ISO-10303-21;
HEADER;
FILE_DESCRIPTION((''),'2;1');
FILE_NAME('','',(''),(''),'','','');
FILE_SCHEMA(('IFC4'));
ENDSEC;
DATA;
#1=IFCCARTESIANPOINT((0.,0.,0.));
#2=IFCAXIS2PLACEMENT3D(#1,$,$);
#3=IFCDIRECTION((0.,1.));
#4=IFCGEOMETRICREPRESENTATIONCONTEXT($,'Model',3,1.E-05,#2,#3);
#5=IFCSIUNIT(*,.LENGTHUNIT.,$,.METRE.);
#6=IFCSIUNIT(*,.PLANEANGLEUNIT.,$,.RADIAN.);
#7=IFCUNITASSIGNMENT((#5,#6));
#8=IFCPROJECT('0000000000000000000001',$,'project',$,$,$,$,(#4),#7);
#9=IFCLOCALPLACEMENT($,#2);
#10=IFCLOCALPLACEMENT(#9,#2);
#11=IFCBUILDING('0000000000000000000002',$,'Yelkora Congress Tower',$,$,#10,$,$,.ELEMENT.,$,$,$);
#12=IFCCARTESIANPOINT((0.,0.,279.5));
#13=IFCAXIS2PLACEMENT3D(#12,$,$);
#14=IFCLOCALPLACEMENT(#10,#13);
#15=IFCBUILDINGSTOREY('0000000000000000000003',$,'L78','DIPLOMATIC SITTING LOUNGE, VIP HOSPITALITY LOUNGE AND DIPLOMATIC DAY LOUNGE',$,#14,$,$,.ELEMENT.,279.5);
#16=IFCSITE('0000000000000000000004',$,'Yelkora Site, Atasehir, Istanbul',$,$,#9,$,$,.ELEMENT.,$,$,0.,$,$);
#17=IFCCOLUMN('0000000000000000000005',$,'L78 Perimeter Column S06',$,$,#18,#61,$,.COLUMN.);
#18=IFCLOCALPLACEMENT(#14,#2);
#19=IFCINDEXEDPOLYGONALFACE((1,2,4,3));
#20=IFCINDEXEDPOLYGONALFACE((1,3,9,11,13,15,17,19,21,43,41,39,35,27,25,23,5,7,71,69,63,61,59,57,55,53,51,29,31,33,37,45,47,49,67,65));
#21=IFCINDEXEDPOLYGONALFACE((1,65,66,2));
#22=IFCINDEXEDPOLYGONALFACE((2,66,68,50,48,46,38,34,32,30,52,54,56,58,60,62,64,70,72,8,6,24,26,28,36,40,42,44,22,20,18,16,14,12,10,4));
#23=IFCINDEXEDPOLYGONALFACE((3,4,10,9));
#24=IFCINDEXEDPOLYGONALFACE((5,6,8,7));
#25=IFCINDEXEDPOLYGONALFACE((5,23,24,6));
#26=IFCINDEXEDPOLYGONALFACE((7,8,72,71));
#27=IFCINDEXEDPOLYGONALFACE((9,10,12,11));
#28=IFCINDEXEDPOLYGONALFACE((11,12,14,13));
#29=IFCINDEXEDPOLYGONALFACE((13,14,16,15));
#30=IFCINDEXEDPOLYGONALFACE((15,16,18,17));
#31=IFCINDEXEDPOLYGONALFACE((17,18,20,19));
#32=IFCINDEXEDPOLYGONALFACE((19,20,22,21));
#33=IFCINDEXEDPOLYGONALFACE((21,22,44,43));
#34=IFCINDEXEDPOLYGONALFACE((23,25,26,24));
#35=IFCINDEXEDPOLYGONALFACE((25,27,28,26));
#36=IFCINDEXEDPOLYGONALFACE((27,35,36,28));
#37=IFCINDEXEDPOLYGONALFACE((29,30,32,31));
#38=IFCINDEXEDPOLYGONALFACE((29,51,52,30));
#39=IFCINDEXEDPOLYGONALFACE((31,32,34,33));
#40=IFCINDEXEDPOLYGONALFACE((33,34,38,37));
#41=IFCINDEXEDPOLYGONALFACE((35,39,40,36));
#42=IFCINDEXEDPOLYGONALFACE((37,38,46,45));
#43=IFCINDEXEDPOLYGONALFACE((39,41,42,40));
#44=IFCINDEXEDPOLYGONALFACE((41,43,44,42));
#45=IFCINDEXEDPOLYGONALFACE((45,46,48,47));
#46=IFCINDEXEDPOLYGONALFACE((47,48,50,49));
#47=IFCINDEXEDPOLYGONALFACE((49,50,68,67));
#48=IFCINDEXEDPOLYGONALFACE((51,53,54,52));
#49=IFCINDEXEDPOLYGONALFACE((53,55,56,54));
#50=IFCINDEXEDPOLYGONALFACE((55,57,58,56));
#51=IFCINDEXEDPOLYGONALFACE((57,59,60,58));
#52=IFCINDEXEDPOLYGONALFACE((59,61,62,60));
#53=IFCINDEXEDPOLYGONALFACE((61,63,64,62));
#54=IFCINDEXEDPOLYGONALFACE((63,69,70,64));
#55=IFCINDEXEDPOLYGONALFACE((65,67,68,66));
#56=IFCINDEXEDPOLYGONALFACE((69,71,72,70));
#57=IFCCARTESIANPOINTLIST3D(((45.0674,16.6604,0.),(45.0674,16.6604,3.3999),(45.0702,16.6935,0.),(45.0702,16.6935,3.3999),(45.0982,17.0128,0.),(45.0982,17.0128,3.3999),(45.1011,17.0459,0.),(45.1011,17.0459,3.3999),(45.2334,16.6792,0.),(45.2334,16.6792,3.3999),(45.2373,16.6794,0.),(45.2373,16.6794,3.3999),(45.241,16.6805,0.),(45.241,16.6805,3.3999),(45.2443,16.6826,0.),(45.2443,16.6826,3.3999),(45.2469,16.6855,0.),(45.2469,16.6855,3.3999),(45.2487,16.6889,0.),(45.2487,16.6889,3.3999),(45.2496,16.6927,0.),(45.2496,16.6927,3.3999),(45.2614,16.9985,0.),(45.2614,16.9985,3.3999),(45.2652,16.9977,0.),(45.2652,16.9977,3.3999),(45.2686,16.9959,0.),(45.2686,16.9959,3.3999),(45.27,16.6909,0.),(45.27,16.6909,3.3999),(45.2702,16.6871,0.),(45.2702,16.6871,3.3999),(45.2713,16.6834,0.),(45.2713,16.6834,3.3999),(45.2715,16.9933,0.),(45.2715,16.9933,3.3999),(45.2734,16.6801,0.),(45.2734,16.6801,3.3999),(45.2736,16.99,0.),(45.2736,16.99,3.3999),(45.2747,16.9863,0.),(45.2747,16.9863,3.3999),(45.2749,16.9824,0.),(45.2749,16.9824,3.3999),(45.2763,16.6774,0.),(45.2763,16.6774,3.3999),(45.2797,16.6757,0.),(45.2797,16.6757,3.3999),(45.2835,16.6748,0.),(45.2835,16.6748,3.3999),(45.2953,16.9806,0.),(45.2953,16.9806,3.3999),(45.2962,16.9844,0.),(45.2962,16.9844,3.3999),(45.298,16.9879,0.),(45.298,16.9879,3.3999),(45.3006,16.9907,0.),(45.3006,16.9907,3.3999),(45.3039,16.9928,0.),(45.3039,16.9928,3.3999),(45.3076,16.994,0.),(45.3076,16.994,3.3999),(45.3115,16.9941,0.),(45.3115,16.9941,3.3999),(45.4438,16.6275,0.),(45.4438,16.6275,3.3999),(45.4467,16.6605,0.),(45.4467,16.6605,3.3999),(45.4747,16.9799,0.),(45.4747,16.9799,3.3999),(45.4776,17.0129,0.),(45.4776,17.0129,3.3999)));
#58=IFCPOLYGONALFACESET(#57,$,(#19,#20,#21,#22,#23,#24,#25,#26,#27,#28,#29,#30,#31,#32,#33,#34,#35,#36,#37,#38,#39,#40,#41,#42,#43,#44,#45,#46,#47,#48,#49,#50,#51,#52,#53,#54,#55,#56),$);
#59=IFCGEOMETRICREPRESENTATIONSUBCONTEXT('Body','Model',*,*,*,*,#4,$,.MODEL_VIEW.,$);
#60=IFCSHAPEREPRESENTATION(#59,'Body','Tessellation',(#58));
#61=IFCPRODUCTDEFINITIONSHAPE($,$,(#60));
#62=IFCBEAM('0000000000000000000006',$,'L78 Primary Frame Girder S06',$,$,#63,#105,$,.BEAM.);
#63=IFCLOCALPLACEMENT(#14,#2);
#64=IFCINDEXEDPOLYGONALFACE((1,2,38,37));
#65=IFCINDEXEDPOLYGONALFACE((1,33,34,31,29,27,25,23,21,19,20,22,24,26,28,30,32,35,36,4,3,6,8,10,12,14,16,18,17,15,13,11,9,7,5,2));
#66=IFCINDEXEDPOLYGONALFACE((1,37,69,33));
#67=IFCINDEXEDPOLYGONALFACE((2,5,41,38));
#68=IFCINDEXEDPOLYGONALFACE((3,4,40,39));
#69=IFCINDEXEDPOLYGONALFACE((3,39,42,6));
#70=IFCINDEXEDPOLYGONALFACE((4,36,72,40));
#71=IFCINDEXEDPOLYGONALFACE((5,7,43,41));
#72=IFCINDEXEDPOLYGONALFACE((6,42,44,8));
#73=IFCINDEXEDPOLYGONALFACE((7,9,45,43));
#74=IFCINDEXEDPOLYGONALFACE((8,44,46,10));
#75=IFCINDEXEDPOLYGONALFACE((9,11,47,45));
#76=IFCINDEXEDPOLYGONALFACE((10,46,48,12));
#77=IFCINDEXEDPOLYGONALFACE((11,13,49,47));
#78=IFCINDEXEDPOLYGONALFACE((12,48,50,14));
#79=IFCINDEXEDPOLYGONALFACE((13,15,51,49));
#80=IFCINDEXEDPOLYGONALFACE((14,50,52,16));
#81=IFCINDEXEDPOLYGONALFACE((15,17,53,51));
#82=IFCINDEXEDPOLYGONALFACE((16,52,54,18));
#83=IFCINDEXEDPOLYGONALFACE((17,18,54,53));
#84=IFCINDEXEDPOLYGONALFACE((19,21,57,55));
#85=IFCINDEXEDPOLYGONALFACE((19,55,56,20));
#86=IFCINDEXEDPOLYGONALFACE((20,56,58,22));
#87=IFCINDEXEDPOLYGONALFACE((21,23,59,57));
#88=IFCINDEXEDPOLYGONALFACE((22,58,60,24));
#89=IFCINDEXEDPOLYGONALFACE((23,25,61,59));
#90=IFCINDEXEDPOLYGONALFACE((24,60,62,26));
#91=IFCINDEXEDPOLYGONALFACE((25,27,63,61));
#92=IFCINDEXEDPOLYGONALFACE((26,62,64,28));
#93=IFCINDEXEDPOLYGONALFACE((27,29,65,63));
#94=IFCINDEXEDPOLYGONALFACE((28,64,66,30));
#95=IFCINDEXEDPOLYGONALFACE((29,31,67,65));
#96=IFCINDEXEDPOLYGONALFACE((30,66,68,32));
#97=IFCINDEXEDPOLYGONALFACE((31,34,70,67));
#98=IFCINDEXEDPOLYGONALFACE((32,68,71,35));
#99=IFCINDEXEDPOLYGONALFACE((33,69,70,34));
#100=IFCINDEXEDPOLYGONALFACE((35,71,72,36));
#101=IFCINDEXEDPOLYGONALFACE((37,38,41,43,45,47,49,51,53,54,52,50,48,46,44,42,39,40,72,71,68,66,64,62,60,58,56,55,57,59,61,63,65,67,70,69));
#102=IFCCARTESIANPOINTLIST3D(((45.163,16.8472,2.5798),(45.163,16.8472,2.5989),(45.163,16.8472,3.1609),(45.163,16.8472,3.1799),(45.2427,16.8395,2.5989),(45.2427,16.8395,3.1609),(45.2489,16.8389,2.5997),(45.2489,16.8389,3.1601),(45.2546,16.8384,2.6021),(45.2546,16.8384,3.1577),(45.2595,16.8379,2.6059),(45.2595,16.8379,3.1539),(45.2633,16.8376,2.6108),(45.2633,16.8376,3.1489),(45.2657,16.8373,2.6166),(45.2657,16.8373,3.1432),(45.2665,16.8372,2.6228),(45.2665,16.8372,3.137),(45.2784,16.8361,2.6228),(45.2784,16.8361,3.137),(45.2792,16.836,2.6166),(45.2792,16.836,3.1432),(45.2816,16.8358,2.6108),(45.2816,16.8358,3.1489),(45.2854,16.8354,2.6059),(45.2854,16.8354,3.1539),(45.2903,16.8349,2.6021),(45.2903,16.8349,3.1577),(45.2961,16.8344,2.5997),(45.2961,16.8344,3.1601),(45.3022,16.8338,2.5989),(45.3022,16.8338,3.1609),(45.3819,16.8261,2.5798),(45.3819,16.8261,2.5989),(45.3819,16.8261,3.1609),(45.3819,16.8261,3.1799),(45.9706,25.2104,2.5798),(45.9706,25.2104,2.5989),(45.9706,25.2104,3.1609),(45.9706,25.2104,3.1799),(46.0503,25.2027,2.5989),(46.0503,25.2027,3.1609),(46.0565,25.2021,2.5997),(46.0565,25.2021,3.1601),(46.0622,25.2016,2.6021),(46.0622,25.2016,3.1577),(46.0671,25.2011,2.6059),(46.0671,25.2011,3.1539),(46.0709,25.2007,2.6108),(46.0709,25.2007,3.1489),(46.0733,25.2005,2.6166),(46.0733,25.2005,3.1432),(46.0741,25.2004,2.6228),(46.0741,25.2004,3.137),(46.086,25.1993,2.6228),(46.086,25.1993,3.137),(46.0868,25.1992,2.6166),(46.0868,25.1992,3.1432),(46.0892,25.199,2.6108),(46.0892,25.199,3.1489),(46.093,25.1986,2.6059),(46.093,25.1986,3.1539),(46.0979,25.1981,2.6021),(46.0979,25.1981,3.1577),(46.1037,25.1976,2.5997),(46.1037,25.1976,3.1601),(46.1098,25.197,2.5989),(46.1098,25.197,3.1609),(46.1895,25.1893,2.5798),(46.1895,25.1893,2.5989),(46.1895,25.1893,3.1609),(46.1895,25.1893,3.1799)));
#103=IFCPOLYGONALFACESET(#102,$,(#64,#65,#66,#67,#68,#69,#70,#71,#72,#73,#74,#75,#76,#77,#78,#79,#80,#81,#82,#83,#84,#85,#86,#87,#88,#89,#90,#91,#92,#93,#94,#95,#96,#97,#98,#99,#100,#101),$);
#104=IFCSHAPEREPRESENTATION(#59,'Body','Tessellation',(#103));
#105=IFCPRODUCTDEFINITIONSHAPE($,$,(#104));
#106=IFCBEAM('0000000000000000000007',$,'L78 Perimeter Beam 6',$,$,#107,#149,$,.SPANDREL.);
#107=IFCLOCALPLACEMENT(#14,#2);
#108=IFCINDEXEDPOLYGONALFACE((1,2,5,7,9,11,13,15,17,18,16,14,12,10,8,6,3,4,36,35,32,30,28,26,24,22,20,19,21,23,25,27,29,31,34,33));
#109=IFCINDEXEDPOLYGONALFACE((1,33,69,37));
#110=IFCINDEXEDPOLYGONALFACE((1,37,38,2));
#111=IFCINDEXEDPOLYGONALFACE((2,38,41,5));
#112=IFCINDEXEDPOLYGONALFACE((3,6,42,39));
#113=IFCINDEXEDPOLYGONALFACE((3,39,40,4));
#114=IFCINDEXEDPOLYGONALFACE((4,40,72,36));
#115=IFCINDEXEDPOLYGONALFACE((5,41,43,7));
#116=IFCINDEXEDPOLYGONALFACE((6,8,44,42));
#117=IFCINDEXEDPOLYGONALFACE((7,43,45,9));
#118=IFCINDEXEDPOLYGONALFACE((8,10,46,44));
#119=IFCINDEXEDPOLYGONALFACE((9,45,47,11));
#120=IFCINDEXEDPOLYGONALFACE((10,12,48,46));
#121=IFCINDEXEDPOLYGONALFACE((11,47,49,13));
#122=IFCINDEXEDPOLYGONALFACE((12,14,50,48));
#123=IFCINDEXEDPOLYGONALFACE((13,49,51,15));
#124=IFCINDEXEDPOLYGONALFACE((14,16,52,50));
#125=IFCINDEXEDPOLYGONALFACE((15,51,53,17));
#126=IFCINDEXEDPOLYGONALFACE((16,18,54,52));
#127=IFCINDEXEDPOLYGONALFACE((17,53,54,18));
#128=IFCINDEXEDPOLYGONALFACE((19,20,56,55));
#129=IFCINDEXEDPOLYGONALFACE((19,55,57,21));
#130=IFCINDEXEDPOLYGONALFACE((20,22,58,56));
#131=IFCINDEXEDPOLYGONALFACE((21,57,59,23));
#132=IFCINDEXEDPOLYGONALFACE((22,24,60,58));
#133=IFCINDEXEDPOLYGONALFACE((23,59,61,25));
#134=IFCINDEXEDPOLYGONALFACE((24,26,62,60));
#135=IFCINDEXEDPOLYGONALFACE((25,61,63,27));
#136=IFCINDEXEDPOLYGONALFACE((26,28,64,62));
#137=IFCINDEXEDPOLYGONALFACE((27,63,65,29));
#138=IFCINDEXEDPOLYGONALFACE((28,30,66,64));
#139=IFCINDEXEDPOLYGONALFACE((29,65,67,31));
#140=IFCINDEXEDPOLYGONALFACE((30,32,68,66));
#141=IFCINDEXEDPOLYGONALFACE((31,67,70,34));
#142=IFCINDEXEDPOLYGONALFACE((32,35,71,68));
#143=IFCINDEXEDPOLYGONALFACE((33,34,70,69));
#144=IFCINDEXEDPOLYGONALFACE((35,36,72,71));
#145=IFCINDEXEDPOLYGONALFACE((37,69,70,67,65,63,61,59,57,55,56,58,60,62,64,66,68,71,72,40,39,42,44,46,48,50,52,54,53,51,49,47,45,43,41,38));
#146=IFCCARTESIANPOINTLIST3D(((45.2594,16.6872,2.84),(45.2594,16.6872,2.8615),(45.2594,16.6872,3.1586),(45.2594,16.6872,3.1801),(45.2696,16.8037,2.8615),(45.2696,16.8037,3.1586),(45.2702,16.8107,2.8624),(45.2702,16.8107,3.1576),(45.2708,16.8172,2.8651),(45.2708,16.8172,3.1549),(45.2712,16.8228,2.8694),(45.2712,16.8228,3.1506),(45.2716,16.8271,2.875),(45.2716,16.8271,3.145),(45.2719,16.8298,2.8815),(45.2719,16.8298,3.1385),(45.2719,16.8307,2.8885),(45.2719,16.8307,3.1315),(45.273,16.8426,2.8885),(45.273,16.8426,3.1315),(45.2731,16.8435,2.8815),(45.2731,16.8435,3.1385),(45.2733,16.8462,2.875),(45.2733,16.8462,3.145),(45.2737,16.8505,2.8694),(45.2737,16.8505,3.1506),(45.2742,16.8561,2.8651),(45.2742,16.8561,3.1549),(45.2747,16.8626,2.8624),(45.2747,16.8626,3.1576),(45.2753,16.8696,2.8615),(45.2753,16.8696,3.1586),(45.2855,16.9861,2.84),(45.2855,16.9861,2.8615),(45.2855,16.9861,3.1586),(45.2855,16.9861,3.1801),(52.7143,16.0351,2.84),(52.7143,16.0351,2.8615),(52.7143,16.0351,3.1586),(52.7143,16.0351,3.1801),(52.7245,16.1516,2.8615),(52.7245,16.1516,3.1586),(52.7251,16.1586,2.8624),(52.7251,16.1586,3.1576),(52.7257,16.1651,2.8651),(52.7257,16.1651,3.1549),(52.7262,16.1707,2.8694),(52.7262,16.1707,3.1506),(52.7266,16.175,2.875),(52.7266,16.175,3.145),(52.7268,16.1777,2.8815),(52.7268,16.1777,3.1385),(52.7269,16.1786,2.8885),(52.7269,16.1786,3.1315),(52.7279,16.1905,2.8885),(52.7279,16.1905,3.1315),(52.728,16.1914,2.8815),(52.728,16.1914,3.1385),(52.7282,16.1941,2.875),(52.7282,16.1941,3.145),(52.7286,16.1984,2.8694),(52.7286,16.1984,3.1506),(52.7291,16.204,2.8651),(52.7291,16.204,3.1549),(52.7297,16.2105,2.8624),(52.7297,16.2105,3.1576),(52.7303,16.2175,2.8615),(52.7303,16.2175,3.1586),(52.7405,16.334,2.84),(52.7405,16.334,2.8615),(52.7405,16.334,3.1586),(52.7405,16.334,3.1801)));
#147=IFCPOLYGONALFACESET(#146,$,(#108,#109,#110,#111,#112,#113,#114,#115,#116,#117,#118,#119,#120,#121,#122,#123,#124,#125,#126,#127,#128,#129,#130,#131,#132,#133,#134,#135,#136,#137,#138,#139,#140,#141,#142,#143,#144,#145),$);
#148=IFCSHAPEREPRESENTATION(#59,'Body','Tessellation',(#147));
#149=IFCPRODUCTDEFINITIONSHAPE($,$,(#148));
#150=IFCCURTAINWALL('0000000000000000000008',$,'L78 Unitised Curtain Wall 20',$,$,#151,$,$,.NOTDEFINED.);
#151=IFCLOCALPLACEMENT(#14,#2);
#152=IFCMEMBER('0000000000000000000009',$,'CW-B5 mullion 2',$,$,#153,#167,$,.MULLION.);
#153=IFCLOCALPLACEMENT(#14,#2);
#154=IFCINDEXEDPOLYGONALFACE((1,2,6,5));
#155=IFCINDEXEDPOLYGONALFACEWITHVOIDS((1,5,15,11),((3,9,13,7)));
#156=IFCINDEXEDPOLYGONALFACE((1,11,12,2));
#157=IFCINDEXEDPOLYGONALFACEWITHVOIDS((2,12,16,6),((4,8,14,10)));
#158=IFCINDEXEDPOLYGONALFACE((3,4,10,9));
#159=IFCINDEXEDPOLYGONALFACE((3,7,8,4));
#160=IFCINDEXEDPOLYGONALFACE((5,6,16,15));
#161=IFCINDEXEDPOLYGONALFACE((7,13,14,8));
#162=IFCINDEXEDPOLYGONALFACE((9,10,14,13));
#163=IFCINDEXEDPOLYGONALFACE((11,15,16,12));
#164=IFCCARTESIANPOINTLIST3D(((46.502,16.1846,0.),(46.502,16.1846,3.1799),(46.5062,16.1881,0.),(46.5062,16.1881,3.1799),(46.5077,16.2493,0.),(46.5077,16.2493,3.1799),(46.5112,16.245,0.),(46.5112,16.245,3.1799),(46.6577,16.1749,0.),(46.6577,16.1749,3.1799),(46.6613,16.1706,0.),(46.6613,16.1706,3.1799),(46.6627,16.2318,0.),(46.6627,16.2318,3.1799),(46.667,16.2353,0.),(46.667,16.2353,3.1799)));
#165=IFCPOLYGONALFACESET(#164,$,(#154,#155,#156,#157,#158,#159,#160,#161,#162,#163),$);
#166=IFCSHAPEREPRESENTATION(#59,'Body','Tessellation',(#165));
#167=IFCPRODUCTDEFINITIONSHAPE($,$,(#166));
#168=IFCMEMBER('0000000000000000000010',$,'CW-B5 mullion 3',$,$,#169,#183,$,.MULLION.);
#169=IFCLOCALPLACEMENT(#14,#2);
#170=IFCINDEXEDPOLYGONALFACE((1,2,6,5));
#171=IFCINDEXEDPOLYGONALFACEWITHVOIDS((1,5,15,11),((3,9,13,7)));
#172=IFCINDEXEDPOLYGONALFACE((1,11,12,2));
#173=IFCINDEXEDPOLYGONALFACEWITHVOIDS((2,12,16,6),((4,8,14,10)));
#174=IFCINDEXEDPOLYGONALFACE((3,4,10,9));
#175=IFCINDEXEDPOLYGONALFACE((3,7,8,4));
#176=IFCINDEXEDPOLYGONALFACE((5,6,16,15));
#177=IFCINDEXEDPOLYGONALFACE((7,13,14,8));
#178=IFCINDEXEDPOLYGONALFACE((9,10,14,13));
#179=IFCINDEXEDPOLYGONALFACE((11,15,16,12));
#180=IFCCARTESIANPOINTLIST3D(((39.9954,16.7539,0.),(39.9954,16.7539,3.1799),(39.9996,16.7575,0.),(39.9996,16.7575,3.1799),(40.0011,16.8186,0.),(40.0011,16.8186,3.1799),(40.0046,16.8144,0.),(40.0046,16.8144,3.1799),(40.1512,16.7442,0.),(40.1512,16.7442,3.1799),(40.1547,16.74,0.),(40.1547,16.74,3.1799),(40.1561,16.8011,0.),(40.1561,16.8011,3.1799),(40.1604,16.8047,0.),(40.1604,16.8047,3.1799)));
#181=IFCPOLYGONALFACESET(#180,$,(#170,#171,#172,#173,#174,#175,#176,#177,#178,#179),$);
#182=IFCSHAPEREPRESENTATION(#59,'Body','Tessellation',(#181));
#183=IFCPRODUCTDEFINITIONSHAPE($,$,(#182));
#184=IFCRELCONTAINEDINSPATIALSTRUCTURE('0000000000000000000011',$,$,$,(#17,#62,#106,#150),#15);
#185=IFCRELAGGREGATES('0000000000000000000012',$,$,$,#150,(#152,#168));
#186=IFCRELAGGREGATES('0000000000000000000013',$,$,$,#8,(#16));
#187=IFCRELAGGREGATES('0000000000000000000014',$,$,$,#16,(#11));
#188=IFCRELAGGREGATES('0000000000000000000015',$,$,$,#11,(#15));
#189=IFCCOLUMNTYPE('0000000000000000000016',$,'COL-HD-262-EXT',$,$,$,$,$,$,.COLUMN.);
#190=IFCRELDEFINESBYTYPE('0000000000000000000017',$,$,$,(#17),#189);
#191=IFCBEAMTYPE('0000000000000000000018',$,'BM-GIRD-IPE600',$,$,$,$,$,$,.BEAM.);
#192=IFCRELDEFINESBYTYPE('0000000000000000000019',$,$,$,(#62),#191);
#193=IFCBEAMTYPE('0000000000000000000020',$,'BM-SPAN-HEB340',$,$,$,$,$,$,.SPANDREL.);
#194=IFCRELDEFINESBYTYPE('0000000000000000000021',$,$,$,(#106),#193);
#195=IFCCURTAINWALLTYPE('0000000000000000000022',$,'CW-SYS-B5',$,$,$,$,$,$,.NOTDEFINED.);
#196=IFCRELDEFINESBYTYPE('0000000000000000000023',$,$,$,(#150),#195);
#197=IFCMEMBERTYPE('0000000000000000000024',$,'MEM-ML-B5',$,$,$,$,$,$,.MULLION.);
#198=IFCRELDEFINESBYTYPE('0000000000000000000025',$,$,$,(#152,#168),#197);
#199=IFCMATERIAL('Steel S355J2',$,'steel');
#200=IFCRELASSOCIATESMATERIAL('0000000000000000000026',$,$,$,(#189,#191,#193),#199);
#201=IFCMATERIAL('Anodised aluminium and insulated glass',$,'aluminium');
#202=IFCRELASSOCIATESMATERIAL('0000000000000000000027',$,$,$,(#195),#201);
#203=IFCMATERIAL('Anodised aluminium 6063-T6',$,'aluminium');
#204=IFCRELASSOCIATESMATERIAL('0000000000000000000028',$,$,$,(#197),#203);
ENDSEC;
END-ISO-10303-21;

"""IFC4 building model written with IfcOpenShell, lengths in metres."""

from ifc_helpers import new_model, si_unit, direction, frame, origin, origin_2d, place, context, subcontext, project, spatial, hollow_rectangle, i_section, extrude, material, material_profile, profile_set, type_object, element, aggregate, save


model = new_model("IFC4")

# Units and contexts
model_context = context("Model", 3, precision=1e-05, world=origin(), true_north=direction((0.0, 1.0)))
body_context = subcontext(model_context, "Body", "Model", "MODEL_VIEW")
ifc_project = project(units=[si_unit("LENGTHUNIT", "METRE"), si_unit("PLANEANGLEUNIT", "RADIAN")], contexts=[model_context])

# Site, building, storey
site_placement = place(None, origin())
site = spatial("IfcSite", under=ifc_project, at=site_placement, Name="Yelkora Site, Atasehir, Istanbul", CompositionType="ELEMENT", RefElevation=0.0)
building_placement = place(site_placement, origin())
building = spatial("IfcBuilding", under=site, at=building_placement, Name="Yelkora Congress Tower", CompositionType="ELEMENT")
storey_placement = place(building_placement, frame((0.0, 0.0, 279.5)))
storey = spatial("IfcBuildingStorey", under=building, at=storey_placement, Name="L78", Description="DIPLOMATIC SITTING LOUNGE, VIP HOSPITALITY LOUNGE AND DIPLOMATIC DAY LOUNGE", CompositionType="ELEMENT", Elevation=279.5)

# Column
ifc_material_1 = material(Name="Steel S355J2", Category="steel")
ifc_material_profile_1 = material_profile(ifc_material_1, i_section(OverallWidth=0.3779, OverallDepth=0.387, WebThickness=0.0205, FlangeThickness=0.0332, FilletRadius=0.0149, at=origin_2d()), Name="HD 360x262")
ifc_profile_set_1 = profile_set([ifc_material_profile_1], Name="Steel S355J2")
column_type = type_object("IfcColumnType", Name="COL-HD-262-EXT", PredefinedType="COLUMN", material=ifc_profile_set_1)
column_placement = place(storey_placement, frame((45.2725, 16.8367, 0.0), z_axis=(0.0, 0.0, 1.0), x_axis=(0.996195, -0.087156, 0.0)))
element("IfcColumn", 1, at=column_placement, inside=storey, type_object=column_type, Name="L78 Perimeter Column S06", PredefinedType="COLUMN", context=body_context, shape_type="SweptSolid", body=[
    extrude(i_section(OverallWidth=0.3779, OverallDepth=0.387, WebThickness=0.0205, FlangeThickness=0.0332, FilletRadius=0.0149, at=origin_2d()), origin(), (0.0, 0.0, 1.0), 3.3999),
])

# Beams
ifc_material_profile_2 = material_profile(ifc_material_1, i_section(OverallWidth=0.22, OverallDepth=0.6001, WebThickness=0.012, FlangeThickness=0.019, FilletRadius=0.0239, at=origin_2d()), Name="IPE 600")
ifc_profile_set_2 = profile_set([ifc_material_profile_2], Name="Steel S355J2")
beam_type_1 = type_object("IfcBeamType", Name="BM-GIRD-IPE600", PredefinedType="BEAM", material=ifc_profile_set_2)
beam_1_placement = place(storey_placement, frame((45.2725, 16.8367, 2.8799), z_axis=(0.09612, 0.99537, 0.0), x_axis=(-0.99537, 0.09612, 0.0)))
element("IfcBeam", 2, at=beam_1_placement, inside=storey, type_object=beam_type_1, Name="L78 Primary Frame Girder S06", PredefinedType="BEAM", context=body_context, shape_type="SweptSolid", body=[
    extrude(i_section(OverallWidth=0.22, OverallDepth=0.6001, WebThickness=0.012, FlangeThickness=0.019, FilletRadius=0.0239, at=origin_2d()), origin(), (0.0, 0.0, 1.0), 8.4021),
])
ifc_material_profile_3 = material_profile(ifc_material_1, i_section(OverallWidth=0.3, OverallDepth=0.3401, WebThickness=0.012, FlangeThickness=0.0215, FilletRadius=0.0271, at=origin_2d()), Name="HEB 340")
ifc_profile_set_3 = profile_set([ifc_material_profile_3], Name="Steel S355J2")
beam_type_2 = type_object("IfcBeamType", Name="BM-SPAN-HEB340", PredefinedType="SPANDREL", material=ifc_profile_set_3)
beam_2_placement = place(storey_placement, frame((45.2725, 16.8367, 3.01), z_axis=(0.996196, -0.087141, 0.0), x_axis=(0.087141, 0.996196, 0.0)))
element("IfcBeam", 3, at=beam_2_placement, inside=storey, type_object=beam_type_2, Name="L78 Perimeter Beam 6", PredefinedType="SPANDREL", context=body_context, shape_type="SweptSolid", body=[
    extrude(i_section(OverallWidth=0.3, OverallDepth=0.3401, WebThickness=0.012, FlangeThickness=0.0215, FilletRadius=0.0271, at=origin_2d()), origin(), (0.0, 0.0, 1.0), 7.4834),
])

# Curtain wall, members
ifc_material_2 = material(Name="Anodised aluminium and insulated glass", Category="aluminium")
curtain_wall_type = type_object("IfcCurtainWallType", Name="CW-SYS-B5", PredefinedType="NOTDEFINED", material=ifc_material_2)
curtain_wall_placement = place(storey_placement, origin())
curtain_wall = element("IfcCurtainWall", 4, at=curtain_wall_placement, inside=storey, type_object=curtain_wall_type, Name="L78 Unitised Curtain Wall 20", PredefinedType="NOTDEFINED")
ifc_material_3 = material(Name="Anodised aluminium 6063-T6", Category="aluminium")
ifc_material_profile_4 = material_profile(ifc_material_3, hollow_rectangle(XDim=0.0649, YDim=0.1599, WallThickness=0.0039, at=origin_2d()), Name="ALU 65x160x4")
ifc_profile_set_4 = profile_set([ifc_material_profile_4], Name="Anodised aluminium 6063-T6")
member_type_1 = type_object("IfcMemberType", Name="MEM-ML-B5", PredefinedType="MULLION", material=ifc_profile_set_4)
member_1_placement = place(storey_placement, frame((46.5845, 16.21, 0.0), z_axis=(0.0, 0.0, 1.0), x_axis=(-0.087157, -0.996195, 0.0)))
member_1 = element("IfcMember", 5, at=member_1_placement, type_object=member_type_1, Name="CW-B5 mullion 2", PredefinedType="MULLION", context=body_context, shape_type="SweptSolid", body=[
    extrude(hollow_rectangle(XDim=0.0649, YDim=0.1599, WallThickness=0.0039, at=origin_2d()), origin(), (0.0, 0.0, 1.0), 3.1799),
])
member_2_placement = place(storey_placement, frame((40.0779, 16.7793, 0.0), z_axis=(0.0, 0.0, 1.0), x_axis=(-0.087157, -0.996195, 0.0)))
member_2 = element("IfcMember", 6, at=member_2_placement, type_object=member_type_1, Name="CW-B5 mullion 3", PredefinedType="MULLION", context=body_context, shape_type="SweptSolid", body=[
    extrude(hollow_rectangle(XDim=0.0649, YDim=0.1599, WallThickness=0.0039, at=origin_2d()), origin(), (0.0, 0.0, 1.0), 3.1799),
])
aggregate(curtain_wall, [member_1, member_2])

save(model, "model.ifc")
